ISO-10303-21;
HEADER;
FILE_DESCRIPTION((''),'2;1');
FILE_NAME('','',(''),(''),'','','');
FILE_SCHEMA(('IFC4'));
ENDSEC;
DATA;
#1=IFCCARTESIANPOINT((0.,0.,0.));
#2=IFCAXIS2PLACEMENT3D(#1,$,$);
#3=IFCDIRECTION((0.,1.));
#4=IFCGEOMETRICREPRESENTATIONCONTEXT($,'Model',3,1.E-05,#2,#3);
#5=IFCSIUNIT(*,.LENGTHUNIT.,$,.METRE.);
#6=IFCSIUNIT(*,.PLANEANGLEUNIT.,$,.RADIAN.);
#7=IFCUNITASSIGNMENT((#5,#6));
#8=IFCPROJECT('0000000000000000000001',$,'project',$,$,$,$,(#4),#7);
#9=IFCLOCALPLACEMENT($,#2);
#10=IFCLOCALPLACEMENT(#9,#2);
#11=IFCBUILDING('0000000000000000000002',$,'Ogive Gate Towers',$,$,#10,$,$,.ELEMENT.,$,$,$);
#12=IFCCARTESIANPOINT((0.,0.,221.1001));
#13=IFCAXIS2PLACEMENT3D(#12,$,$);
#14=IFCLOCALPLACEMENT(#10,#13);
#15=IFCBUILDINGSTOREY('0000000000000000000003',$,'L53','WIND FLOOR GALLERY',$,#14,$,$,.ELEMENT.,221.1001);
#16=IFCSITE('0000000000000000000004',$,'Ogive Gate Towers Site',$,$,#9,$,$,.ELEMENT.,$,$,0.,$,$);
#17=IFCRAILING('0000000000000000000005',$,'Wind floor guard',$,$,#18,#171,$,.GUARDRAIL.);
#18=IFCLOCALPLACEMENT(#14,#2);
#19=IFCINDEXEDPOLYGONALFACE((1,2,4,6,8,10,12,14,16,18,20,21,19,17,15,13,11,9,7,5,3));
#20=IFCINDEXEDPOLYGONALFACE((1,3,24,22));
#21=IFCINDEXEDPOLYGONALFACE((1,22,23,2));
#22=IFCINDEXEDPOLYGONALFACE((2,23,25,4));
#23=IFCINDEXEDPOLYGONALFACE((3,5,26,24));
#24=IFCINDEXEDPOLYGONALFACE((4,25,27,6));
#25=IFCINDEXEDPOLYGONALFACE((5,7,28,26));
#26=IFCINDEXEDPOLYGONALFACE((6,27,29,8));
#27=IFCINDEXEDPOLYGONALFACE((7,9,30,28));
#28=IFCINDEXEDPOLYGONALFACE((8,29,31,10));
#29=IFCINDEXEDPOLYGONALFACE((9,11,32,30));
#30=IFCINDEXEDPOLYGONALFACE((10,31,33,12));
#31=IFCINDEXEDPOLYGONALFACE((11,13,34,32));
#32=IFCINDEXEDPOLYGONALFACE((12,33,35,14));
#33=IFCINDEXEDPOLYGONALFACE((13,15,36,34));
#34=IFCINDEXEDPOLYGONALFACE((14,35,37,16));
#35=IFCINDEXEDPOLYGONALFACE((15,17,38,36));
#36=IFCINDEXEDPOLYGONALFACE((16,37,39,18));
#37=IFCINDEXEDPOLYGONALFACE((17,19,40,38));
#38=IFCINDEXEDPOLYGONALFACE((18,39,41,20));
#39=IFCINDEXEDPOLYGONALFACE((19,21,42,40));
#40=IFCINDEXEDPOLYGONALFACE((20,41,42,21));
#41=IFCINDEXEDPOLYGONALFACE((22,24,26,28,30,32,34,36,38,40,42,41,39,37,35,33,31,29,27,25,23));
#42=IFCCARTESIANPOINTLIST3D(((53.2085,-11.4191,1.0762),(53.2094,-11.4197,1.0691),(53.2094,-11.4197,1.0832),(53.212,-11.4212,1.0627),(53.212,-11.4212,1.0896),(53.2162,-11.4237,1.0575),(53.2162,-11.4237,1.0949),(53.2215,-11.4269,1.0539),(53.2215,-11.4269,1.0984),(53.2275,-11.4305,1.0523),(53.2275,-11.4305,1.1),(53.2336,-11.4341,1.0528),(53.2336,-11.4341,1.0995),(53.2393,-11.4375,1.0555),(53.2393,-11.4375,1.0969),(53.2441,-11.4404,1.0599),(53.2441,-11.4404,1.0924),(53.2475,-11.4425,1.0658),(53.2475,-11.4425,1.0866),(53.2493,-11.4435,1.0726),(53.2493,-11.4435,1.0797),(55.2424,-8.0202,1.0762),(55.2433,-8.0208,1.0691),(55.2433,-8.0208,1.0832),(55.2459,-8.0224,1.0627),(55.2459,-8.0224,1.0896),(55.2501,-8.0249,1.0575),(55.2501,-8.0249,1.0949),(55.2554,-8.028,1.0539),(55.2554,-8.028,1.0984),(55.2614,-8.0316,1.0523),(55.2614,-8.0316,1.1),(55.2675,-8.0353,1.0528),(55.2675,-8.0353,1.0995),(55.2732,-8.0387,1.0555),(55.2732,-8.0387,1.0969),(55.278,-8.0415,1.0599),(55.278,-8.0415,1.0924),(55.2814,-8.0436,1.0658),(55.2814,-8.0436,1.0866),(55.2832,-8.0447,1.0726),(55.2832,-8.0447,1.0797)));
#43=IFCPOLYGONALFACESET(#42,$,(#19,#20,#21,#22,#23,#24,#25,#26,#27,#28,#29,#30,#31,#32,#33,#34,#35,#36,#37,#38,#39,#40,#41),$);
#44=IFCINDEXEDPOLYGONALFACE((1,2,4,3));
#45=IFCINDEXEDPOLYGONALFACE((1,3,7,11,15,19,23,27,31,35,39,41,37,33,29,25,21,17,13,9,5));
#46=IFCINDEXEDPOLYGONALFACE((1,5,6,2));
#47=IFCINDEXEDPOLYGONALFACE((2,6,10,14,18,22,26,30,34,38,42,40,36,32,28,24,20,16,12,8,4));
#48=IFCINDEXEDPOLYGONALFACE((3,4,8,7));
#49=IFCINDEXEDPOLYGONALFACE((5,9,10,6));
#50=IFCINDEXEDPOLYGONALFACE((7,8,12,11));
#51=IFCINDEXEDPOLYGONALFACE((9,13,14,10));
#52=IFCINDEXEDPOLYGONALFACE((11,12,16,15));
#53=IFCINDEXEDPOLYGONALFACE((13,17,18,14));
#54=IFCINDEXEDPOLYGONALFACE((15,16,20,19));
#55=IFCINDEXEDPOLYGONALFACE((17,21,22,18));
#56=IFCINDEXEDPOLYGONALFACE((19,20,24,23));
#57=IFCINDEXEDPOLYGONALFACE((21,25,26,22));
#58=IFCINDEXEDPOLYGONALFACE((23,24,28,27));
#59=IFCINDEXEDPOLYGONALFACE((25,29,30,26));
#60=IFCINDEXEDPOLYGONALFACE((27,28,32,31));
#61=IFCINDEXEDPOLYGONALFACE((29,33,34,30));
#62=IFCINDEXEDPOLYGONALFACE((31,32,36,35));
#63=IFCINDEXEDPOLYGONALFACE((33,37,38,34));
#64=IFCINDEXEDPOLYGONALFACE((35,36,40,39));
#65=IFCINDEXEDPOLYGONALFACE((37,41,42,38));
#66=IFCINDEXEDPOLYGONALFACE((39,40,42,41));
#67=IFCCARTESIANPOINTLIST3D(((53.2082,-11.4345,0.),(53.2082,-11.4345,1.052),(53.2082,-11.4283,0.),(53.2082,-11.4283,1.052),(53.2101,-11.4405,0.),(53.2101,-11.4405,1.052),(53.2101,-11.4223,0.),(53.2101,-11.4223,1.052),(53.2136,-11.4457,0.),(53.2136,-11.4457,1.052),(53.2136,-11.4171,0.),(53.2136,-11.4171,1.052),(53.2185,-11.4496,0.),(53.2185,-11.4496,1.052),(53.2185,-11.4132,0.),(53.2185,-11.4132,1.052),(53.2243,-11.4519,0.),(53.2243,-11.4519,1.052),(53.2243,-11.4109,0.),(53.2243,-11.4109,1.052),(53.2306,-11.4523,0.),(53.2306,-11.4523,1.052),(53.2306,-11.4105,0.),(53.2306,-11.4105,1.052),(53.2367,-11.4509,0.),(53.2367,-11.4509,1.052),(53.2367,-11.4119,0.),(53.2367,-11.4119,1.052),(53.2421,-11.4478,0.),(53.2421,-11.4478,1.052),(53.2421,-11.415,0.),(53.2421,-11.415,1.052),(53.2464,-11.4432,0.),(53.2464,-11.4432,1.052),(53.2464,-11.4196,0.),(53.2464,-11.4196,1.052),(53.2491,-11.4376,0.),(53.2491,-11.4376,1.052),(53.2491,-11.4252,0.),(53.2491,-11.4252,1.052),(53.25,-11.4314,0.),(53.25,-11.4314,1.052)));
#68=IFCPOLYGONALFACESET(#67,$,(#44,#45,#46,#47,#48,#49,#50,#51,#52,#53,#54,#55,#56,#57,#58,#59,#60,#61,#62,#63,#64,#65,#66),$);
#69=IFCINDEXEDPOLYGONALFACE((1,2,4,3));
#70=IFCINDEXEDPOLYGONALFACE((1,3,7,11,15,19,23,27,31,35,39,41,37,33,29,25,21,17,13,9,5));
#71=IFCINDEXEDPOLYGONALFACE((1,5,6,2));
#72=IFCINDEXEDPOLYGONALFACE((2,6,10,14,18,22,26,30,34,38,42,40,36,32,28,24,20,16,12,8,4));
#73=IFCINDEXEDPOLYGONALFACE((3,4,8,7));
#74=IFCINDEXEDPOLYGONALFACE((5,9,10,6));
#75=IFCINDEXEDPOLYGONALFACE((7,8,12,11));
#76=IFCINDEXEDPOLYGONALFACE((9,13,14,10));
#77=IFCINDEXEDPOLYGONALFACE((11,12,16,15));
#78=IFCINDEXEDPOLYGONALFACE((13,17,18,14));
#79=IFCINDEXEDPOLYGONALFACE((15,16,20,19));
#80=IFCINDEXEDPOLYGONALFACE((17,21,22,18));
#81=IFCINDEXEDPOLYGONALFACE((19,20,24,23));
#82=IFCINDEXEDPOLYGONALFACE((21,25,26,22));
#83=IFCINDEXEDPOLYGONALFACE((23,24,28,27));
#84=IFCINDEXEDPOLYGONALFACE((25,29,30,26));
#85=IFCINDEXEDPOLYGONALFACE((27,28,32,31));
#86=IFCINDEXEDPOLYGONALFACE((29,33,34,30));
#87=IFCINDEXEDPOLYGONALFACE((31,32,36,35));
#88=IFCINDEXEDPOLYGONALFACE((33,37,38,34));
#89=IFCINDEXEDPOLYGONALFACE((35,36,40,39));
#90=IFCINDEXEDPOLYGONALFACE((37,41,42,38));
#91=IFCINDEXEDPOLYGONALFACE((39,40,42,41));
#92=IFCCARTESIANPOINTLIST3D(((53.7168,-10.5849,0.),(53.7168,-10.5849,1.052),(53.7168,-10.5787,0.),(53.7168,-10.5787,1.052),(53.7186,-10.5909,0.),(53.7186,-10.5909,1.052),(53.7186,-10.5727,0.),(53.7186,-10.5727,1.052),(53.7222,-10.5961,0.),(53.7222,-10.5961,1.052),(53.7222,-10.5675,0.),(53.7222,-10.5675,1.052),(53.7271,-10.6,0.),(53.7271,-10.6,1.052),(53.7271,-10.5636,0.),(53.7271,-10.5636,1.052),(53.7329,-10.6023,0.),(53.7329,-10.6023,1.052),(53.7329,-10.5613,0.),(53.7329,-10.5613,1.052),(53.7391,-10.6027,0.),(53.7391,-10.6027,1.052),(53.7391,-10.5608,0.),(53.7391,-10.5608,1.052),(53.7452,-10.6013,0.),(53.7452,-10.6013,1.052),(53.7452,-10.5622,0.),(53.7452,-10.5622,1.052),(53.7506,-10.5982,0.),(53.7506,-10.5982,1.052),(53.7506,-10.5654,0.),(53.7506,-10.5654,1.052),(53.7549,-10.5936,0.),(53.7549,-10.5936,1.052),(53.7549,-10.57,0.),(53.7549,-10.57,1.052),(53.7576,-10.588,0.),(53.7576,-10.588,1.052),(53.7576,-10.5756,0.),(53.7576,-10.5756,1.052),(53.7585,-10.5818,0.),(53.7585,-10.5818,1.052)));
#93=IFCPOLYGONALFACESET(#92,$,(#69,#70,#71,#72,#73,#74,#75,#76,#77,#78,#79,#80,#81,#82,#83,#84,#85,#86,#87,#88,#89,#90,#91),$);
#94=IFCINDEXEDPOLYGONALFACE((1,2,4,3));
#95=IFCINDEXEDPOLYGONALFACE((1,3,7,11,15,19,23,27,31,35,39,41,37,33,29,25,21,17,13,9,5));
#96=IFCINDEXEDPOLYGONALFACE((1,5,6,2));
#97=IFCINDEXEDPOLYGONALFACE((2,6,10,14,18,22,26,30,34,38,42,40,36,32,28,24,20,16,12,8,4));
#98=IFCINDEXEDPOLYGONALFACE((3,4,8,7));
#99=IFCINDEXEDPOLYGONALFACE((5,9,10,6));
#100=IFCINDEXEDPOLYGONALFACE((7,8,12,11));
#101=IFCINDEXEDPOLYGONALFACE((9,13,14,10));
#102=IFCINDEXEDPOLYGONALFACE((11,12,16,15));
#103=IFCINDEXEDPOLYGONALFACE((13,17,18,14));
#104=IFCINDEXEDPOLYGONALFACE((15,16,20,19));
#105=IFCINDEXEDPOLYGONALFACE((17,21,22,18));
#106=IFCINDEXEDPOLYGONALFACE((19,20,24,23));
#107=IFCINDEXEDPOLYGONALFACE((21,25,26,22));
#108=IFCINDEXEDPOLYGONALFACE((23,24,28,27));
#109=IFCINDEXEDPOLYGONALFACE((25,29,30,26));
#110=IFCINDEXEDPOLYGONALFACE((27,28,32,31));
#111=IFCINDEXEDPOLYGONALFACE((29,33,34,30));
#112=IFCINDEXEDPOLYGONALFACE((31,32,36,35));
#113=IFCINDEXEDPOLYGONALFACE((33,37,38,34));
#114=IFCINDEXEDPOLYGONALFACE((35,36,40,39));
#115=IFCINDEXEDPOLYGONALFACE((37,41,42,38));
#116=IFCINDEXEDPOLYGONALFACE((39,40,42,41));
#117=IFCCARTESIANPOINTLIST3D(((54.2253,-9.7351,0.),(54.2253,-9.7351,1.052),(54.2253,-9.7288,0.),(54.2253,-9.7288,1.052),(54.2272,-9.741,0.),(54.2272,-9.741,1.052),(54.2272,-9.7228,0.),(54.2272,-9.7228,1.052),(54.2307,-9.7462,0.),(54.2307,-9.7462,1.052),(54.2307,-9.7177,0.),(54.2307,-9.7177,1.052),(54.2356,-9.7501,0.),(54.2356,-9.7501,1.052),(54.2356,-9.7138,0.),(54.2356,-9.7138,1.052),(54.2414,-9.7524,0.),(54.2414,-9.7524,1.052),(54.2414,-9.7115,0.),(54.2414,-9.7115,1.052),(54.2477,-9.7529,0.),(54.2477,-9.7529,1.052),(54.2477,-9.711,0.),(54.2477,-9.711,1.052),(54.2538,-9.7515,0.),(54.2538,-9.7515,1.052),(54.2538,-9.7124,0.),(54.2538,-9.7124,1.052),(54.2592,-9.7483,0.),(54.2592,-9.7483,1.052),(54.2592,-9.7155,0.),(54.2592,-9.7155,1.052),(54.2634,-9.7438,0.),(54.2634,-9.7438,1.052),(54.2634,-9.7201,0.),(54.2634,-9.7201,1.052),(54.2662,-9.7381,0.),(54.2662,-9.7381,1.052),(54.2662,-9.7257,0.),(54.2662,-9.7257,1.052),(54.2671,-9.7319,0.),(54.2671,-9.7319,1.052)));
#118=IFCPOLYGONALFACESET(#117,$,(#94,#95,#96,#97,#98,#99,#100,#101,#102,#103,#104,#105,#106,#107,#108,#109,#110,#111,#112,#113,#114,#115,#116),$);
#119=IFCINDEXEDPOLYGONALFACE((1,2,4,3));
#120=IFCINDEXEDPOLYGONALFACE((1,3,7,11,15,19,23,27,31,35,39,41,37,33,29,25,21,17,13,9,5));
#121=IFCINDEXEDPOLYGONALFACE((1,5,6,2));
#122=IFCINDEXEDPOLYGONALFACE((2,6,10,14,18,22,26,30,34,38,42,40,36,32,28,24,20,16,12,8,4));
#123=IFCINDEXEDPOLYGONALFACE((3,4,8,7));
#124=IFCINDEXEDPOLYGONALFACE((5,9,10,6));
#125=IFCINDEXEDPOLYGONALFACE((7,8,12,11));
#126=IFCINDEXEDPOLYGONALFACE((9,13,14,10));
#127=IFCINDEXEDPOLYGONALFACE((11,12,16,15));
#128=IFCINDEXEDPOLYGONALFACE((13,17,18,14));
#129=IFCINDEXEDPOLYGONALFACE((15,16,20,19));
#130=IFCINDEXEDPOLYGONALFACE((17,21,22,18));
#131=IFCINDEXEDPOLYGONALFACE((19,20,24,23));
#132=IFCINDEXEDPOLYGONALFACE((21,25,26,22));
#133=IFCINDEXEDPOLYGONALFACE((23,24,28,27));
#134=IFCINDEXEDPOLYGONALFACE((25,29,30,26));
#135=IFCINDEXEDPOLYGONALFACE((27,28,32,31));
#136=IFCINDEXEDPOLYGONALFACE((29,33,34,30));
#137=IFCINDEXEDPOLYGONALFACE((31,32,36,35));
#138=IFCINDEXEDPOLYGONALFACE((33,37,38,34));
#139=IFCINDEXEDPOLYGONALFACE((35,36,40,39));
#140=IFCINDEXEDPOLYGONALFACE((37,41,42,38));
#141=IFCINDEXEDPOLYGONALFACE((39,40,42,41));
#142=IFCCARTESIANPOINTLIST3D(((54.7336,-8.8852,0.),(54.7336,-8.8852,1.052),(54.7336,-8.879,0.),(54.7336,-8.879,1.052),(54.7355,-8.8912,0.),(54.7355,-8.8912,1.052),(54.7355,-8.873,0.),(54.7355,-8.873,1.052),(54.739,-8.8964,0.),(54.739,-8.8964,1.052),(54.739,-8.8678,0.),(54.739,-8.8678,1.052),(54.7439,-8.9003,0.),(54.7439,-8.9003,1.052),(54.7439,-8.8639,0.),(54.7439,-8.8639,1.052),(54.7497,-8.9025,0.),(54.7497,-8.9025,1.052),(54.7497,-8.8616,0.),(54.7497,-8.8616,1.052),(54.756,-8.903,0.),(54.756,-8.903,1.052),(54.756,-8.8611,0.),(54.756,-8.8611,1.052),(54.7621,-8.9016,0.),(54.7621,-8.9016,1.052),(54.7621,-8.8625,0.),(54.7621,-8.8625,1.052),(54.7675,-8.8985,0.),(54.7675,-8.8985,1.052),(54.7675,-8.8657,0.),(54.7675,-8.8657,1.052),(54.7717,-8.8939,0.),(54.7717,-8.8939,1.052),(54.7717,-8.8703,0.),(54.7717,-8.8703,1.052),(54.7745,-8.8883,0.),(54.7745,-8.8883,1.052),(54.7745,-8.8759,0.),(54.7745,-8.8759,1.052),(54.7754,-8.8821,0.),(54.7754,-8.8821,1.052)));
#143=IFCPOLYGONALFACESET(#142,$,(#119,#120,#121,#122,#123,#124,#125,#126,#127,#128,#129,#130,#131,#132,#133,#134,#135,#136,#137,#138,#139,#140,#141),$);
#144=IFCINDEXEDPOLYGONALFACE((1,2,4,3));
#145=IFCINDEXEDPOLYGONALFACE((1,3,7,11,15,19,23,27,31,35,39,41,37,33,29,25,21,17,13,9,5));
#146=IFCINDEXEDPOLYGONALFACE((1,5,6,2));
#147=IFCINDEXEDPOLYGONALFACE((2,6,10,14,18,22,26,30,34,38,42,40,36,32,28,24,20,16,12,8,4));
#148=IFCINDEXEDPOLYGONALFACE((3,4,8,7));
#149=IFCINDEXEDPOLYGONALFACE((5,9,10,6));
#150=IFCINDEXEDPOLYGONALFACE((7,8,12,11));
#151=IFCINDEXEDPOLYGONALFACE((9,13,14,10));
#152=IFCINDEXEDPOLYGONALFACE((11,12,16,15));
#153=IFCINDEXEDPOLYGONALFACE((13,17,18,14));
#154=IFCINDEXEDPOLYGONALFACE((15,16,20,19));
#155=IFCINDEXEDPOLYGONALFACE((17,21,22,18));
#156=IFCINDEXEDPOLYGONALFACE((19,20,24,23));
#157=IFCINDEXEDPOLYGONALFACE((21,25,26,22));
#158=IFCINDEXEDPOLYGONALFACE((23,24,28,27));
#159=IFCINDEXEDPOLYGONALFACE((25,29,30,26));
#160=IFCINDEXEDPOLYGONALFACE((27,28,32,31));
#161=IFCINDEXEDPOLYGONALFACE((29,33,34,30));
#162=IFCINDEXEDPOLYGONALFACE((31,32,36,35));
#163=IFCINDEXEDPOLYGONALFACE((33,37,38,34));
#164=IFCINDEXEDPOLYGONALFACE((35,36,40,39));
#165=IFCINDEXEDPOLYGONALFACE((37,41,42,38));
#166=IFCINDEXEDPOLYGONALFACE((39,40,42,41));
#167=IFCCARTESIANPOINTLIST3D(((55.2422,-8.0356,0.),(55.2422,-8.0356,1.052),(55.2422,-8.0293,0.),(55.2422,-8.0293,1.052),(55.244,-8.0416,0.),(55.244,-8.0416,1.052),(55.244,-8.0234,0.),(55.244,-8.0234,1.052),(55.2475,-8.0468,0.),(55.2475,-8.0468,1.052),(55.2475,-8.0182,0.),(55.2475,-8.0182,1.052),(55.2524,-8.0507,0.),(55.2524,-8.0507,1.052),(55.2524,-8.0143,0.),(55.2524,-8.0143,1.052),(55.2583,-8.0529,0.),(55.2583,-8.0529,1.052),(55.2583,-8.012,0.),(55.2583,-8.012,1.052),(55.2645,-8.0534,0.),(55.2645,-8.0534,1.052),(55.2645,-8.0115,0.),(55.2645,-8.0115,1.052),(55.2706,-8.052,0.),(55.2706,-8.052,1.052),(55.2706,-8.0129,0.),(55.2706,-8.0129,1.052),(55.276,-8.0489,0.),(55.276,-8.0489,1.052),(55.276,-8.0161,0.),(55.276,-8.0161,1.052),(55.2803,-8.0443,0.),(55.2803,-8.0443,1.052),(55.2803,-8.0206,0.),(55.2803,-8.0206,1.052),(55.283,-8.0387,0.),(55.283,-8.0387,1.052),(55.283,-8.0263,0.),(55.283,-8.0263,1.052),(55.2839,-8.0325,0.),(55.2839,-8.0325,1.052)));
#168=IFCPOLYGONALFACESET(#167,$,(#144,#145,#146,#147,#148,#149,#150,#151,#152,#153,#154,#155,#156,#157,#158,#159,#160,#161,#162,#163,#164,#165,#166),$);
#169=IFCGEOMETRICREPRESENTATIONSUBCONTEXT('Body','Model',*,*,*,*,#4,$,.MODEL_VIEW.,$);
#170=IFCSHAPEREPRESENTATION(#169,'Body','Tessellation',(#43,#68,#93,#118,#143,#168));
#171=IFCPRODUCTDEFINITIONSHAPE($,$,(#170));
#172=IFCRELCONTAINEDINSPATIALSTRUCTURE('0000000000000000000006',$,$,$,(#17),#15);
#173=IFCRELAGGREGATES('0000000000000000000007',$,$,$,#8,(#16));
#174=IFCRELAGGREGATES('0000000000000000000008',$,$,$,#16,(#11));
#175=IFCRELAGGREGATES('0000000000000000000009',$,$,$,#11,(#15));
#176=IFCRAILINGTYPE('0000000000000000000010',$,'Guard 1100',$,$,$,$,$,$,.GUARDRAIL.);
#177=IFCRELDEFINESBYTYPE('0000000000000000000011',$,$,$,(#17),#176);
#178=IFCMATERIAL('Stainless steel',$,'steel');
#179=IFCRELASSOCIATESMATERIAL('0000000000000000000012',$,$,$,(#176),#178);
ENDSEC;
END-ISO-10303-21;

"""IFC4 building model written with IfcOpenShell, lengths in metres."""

from ifc_helpers import new_model, si_unit, direction, frame, origin, origin_2d, place, context, subcontext, project, spatial, circle, extrude, material, type_object, element, save


model = new_model("IFC4")

# Units and contexts
model_context = context("Model", 3, precision=1e-05, world=origin(), true_north=direction((0.0, 1.0)))
body_context = subcontext(model_context, "Body", "Model", "MODEL_VIEW")
ifc_project = project(units=[si_unit("LENGTHUNIT", "METRE"), si_unit("PLANEANGLEUNIT", "RADIAN")], contexts=[model_context])

# Site, building, storey
site_placement = place(None, origin())
site = spatial("IfcSite", under=ifc_project, at=site_placement, Name="Ogive Gate Towers Site", CompositionType="ELEMENT", RefElevation=0.0)
building_placement = place(site_placement, origin())
building = spatial("IfcBuilding", under=site, at=building_placement, Name="Ogive Gate Towers", CompositionType="ELEMENT")
storey_placement = place(building_placement, frame((0.0, 0.0, 221.1001)))
storey = spatial("IfcBuildingStorey", under=building, at=storey_placement, Name="L53", Description="WIND FLOOR GALLERY", CompositionType="ELEMENT", Elevation=221.1001)

# Railing
ifc_material_1 = material(Name="Stainless steel", Category="steel")
railing_type = type_object("IfcRailingType", Name="Guard 1100", PredefinedType="GUARDRAIL", material=ifc_material_1)
railing_1_placement = place(storey_placement, frame((53.229, -11.4314, 0.0)))
element("IfcRailing", 1, at=railing_1_placement, inside=storey, type_object=railing_type, Name="Wind floor guard", PredefinedType="GUARDRAIL", context=body_context, shape_type="SweptSolid", body=[
    extrude(circle(Radius=0.0239, at=origin_2d()), frame((0.0, 0.0, 1.0762), z_axis=(0.513489, 0.858096, 0.0), x_axis=(-0.858096, 0.513489, 0.0)), (0.0, 0.0, 1.0), 3.9609),
    extrude(circle(Radius=0.021, at=origin_2d()), origin(), (0.0, 0.0, 1.0), 1.052),
    extrude(circle(Radius=0.021, at=origin_2d()), frame((0.5085, 0.8496, 0.0)), (0.0, 0.0, 1.0), 1.052),
    extrude(circle(Radius=0.021, at=origin_2d()), frame((1.0171, 1.6995, 0.0)), (0.0, 0.0, 1.0), 1.052),
    extrude(circle(Radius=0.021, at=origin_2d()), frame((1.5254, 2.5493, 0.0)), (0.0, 0.0, 1.0), 1.052),
    extrude(circle(Radius=0.021, at=origin_2d()), frame((2.0339, 3.3989, 0.0)), (0.0, 0.0, 1.0), 1.052),
])

save(model, "model.ifc")
